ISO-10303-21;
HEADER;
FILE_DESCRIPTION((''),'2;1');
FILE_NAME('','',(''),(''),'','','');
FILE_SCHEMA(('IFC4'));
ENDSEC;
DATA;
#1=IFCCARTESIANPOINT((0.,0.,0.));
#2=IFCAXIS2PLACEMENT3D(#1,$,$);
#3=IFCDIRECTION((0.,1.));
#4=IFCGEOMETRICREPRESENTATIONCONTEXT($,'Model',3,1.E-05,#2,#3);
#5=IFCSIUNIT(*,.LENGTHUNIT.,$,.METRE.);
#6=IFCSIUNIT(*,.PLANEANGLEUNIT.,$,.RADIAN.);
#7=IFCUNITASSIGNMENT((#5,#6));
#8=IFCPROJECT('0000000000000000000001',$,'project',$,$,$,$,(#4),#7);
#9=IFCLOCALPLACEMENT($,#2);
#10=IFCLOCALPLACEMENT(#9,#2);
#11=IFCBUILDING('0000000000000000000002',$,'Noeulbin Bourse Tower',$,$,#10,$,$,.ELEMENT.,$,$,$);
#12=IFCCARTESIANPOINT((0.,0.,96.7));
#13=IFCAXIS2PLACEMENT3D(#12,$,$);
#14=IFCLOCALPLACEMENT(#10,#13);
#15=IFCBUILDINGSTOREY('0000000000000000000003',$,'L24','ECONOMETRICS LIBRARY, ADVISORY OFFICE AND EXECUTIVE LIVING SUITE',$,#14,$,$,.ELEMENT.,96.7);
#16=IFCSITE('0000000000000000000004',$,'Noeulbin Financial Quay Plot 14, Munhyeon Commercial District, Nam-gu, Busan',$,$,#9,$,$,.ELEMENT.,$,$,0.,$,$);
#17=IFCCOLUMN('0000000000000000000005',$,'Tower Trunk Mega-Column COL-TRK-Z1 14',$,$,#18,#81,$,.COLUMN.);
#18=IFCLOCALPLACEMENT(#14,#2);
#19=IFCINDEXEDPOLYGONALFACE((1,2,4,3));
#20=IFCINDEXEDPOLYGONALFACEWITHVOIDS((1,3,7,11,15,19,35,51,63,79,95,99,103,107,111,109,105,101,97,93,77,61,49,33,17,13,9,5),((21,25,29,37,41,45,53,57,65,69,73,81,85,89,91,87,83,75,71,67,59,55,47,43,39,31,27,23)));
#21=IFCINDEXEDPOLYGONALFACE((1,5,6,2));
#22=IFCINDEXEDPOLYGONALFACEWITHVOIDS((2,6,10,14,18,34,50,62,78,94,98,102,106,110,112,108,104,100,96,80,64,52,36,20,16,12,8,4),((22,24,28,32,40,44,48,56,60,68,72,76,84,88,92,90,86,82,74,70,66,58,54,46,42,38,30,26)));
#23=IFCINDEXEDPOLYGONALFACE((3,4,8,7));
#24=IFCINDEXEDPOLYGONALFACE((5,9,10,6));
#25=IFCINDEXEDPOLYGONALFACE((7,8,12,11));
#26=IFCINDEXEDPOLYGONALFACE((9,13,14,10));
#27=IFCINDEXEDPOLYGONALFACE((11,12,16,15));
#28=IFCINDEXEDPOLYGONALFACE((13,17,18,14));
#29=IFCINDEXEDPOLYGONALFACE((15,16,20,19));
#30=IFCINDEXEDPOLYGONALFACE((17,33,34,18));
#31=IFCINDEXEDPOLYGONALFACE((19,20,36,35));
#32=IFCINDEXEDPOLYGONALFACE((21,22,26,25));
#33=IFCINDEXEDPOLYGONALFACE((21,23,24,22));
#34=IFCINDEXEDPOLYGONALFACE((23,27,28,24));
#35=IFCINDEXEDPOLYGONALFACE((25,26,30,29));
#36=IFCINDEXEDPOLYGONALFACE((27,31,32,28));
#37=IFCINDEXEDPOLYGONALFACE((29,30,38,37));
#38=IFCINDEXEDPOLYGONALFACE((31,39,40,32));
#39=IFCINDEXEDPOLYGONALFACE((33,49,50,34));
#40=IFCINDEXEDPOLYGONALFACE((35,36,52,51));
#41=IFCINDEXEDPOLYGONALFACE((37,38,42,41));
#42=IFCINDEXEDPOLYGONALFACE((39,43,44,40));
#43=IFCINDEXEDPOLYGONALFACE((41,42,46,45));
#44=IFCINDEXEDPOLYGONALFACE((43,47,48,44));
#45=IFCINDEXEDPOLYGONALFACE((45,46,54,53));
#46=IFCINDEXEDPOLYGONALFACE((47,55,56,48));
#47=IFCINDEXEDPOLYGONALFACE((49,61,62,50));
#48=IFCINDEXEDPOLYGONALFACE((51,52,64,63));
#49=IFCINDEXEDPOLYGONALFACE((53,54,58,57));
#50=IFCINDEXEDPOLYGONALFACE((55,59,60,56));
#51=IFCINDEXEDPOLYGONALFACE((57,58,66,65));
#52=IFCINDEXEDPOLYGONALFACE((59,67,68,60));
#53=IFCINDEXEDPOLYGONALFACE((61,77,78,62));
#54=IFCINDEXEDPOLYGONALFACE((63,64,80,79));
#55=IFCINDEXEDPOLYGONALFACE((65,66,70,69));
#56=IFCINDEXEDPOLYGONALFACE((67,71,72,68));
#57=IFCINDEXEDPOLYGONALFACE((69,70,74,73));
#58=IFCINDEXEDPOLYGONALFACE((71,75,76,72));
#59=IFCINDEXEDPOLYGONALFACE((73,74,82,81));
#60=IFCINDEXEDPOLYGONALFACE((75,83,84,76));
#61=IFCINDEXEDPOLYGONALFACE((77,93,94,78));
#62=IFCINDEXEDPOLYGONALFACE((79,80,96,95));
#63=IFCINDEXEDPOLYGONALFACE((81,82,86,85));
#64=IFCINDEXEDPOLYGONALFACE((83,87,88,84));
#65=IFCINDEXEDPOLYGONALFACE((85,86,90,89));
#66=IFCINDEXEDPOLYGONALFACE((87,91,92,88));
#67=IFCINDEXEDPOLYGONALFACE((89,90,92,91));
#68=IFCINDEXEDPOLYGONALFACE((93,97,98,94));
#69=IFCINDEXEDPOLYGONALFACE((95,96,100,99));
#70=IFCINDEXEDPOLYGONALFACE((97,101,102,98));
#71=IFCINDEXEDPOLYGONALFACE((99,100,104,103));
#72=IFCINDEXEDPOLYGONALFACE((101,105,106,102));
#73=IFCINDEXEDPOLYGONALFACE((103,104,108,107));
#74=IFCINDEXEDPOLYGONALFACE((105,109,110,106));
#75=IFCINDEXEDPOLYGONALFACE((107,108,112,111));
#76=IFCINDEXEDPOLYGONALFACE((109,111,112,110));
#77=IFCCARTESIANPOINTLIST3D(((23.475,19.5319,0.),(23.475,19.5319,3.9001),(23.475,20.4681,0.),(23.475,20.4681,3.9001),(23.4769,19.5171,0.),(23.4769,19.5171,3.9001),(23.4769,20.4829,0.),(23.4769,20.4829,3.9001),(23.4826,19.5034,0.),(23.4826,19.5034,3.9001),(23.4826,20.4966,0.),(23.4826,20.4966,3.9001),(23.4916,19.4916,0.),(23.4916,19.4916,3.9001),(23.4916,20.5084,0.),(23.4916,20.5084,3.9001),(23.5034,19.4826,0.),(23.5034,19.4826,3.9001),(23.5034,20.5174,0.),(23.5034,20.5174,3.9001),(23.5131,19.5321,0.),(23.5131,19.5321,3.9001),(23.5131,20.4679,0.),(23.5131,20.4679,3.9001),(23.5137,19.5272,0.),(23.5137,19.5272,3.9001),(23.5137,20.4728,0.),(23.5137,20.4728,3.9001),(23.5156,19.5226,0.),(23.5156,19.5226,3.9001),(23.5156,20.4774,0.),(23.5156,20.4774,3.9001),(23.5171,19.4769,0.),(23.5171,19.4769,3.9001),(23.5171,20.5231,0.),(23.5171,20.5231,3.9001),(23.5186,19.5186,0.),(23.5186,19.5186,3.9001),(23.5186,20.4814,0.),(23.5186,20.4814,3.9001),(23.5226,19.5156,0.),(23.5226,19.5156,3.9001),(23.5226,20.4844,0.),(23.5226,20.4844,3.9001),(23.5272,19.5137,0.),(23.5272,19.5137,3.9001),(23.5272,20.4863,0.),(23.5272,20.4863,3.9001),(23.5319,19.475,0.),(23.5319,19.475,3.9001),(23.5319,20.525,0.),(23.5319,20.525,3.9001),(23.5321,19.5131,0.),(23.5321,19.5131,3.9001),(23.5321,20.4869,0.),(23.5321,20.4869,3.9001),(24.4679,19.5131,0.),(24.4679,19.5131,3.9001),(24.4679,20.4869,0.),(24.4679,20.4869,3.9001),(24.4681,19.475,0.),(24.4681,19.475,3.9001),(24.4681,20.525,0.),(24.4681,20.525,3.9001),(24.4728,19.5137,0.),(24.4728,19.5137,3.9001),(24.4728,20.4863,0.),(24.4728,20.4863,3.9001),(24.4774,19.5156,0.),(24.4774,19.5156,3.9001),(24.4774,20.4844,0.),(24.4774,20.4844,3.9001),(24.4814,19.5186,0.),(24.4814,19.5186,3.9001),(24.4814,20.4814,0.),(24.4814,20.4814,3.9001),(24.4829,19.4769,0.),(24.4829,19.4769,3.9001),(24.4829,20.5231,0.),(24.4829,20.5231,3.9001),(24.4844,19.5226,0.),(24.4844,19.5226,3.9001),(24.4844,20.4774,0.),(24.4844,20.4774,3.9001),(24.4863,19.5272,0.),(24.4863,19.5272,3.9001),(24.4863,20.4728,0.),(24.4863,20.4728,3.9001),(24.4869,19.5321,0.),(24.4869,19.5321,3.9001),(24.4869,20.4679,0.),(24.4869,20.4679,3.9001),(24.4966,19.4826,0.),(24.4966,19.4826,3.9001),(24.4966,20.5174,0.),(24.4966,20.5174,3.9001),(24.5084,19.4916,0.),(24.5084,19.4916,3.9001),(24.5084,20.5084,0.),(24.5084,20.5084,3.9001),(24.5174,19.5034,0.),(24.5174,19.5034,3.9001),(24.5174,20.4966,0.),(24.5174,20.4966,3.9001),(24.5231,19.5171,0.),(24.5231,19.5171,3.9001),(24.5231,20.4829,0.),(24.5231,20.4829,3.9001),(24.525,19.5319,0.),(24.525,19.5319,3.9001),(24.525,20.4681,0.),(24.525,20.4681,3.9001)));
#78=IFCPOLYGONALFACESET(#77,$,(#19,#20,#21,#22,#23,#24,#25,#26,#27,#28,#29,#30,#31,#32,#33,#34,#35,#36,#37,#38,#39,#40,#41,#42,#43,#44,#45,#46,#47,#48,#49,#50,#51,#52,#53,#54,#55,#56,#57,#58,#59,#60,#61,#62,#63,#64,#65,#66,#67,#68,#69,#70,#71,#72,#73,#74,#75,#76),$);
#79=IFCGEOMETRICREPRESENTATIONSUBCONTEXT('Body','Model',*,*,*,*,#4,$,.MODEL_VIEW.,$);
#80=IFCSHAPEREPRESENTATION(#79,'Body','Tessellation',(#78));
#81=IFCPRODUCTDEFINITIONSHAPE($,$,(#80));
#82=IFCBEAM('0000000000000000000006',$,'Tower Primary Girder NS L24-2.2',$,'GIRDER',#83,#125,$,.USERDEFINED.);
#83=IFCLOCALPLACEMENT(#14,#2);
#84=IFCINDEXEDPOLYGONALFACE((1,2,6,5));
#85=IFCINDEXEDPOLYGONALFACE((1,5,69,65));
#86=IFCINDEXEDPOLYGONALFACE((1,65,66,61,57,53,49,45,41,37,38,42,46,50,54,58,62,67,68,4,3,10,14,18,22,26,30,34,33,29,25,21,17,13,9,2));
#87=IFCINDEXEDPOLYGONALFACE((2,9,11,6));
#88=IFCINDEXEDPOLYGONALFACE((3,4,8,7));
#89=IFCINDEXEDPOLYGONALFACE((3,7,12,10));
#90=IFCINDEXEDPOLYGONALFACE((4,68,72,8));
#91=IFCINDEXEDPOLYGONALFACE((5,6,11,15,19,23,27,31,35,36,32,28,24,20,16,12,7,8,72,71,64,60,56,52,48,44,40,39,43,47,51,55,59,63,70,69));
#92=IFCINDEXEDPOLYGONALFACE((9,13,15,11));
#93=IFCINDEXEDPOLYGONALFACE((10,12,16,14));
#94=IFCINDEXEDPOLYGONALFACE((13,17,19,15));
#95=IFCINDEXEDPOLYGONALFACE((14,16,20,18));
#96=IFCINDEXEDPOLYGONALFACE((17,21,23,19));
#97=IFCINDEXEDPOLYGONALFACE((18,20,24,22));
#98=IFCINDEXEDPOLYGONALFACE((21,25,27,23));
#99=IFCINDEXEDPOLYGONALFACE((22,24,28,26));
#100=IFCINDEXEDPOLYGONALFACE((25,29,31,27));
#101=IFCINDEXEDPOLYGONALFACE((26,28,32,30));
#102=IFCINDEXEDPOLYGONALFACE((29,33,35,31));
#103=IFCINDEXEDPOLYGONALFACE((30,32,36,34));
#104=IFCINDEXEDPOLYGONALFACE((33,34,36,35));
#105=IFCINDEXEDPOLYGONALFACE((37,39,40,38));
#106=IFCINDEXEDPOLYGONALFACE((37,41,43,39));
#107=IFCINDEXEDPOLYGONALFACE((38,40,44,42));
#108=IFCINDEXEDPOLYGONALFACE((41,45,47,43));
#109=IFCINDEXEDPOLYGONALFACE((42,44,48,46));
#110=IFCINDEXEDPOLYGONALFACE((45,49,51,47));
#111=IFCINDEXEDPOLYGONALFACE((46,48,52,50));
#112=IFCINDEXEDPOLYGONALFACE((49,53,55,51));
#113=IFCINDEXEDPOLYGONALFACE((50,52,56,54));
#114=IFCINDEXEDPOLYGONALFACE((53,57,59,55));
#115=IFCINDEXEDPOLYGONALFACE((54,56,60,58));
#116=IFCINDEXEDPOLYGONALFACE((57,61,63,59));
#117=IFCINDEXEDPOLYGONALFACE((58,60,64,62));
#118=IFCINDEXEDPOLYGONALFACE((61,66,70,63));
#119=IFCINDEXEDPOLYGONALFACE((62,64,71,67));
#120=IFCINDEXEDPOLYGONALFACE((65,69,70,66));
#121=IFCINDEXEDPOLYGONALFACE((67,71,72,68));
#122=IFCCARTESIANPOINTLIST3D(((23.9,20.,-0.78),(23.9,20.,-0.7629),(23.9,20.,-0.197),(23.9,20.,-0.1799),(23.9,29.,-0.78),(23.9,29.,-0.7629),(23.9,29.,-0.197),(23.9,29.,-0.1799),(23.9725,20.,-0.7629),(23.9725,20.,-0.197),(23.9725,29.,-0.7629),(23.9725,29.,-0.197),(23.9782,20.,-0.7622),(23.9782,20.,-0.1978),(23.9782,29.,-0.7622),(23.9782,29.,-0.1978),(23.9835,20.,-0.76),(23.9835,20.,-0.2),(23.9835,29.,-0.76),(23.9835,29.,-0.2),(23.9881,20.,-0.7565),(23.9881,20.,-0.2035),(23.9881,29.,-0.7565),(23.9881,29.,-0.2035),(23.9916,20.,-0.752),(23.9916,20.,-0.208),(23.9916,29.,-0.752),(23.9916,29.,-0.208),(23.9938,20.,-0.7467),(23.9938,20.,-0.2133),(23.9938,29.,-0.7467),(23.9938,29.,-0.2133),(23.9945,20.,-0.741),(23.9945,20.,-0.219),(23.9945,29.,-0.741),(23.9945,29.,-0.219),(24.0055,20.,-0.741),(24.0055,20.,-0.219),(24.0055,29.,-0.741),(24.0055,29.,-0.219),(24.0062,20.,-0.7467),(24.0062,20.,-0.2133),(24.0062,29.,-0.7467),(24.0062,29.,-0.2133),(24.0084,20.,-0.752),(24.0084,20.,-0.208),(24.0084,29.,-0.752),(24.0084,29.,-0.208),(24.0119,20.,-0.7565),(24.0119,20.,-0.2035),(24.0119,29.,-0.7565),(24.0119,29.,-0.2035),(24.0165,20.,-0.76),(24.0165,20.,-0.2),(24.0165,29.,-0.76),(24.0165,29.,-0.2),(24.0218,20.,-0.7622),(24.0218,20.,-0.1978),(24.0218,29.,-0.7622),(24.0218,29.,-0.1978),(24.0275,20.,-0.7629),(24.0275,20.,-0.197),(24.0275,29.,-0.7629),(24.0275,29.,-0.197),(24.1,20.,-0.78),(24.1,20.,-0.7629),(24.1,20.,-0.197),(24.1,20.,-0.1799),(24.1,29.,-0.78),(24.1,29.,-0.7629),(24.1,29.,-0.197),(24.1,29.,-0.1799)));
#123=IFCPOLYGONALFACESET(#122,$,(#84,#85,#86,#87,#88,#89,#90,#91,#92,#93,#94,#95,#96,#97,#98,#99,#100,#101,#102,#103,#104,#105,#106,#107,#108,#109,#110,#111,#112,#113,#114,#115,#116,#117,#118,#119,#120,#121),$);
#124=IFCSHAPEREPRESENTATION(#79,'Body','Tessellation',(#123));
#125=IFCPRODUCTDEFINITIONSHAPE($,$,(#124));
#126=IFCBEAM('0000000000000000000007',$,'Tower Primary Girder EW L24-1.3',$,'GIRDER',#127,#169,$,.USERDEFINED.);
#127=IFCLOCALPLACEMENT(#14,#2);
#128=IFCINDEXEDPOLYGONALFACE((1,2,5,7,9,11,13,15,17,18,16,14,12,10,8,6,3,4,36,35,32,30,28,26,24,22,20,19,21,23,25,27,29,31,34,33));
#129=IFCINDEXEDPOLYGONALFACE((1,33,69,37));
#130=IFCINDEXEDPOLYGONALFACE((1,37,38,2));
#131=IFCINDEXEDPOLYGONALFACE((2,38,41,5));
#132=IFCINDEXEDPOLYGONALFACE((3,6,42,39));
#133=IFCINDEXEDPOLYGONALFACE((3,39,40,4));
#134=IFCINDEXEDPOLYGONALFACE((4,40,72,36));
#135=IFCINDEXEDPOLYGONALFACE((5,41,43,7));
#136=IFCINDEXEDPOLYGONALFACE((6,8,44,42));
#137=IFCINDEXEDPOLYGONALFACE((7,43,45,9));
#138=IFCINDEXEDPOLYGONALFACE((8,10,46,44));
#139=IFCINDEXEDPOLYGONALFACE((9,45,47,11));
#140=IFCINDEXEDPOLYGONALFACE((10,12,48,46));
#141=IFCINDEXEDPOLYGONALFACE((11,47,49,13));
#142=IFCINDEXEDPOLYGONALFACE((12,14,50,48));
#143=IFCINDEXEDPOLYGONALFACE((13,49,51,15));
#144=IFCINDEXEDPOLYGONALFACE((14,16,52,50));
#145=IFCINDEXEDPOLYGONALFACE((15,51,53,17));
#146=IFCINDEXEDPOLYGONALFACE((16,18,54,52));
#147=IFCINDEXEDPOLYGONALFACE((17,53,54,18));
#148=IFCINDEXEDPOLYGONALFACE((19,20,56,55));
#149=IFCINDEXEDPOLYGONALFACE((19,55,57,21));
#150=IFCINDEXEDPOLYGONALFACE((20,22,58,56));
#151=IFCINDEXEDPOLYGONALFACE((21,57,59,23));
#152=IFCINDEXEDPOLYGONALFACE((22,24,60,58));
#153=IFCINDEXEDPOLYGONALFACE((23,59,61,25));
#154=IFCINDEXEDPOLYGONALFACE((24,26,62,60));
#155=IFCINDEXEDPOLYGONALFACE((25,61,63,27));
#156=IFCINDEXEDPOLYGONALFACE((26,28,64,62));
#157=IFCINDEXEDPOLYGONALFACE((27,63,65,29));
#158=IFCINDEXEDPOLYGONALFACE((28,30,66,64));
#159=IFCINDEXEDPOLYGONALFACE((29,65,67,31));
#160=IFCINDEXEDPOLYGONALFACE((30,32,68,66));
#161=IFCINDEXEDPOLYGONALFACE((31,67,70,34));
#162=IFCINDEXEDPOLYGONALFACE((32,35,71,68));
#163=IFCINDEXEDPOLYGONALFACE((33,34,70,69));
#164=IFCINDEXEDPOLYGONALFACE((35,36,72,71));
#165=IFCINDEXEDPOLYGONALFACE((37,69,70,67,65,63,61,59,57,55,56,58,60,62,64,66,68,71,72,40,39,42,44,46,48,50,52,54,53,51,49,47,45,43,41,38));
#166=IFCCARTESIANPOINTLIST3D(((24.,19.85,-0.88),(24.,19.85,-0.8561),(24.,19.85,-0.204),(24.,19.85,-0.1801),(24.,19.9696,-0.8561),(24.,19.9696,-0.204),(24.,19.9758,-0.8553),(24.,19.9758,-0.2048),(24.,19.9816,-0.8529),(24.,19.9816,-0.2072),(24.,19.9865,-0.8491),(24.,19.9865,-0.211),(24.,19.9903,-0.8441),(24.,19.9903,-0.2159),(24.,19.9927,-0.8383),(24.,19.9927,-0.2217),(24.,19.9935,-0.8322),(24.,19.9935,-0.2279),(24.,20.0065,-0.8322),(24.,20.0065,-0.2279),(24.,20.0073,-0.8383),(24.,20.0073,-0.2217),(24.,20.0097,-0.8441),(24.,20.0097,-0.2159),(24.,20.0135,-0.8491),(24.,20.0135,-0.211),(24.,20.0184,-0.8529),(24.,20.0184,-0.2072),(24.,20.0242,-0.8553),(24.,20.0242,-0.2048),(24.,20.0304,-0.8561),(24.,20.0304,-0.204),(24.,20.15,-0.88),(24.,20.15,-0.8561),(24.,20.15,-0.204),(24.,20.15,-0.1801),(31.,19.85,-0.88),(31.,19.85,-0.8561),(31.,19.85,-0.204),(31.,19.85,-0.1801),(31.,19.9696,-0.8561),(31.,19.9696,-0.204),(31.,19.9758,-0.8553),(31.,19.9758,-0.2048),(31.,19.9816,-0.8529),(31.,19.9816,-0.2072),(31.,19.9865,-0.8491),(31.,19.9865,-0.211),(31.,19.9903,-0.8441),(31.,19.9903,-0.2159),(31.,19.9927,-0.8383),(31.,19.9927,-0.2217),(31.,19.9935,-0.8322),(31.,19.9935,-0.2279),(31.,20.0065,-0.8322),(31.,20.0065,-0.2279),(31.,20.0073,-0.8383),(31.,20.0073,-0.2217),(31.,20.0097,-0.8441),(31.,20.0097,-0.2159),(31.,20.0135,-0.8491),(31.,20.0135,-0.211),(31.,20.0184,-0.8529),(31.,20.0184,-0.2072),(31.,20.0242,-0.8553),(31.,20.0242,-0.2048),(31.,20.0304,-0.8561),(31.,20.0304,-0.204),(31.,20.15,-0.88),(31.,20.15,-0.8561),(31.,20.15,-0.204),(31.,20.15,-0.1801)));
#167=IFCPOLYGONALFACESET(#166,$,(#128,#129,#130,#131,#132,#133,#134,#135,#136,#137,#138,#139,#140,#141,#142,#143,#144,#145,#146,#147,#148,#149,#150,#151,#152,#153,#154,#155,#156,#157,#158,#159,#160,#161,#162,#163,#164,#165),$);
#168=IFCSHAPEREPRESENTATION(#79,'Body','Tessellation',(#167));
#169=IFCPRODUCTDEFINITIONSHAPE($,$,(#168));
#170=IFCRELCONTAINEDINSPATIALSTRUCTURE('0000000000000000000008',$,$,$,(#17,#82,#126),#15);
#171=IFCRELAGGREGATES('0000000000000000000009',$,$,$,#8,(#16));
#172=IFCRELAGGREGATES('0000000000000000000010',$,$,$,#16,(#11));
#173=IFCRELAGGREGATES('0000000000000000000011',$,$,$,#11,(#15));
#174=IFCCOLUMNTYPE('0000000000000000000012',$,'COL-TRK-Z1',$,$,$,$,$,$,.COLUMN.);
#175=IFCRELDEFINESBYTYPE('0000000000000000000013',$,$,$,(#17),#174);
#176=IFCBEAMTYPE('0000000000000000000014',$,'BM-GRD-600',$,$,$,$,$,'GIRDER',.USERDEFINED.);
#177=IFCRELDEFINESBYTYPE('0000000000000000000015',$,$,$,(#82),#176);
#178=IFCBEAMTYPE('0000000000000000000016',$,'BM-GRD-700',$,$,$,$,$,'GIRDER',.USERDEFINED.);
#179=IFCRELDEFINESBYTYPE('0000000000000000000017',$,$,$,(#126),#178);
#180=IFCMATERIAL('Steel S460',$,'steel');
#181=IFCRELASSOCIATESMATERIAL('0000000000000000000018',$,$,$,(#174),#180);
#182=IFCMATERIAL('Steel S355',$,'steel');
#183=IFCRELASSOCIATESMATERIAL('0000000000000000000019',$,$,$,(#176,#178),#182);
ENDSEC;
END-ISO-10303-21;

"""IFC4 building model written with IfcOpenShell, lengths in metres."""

from ifc_helpers import new_model, si_unit, direction, frame, origin, origin_2d, place, context, subcontext, project, spatial, hollow_rectangle, i_section, extrude, material, material_profile, profile_set, type_object, element, save


model = new_model("IFC4")

# Units and contexts
model_context = context("Model", 3, precision=1e-05, world=origin(), true_north=direction((0.0, 1.0)))
body_context = subcontext(model_context, "Body", "Model", "MODEL_VIEW")
ifc_project = project(units=[si_unit("LENGTHUNIT", "METRE"), si_unit("PLANEANGLEUNIT", "RADIAN")], contexts=[model_context])

# Site, building, storey
site_placement = place(None, origin())
site = spatial("IfcSite", under=ifc_project, at=site_placement, Name="Noeulbin Financial Quay Plot 14, Munhyeon Commercial District, Nam-gu, Busan", CompositionType="ELEMENT", RefElevation=0.0)
building_placement = place(site_placement, origin())
building = spatial("IfcBuilding", under=site, at=building_placement, Name="Noeulbin Bourse Tower", CompositionType="ELEMENT")
storey_placement = place(building_placement, frame((0.0, 0.0, 96.7)))
storey = spatial("IfcBuildingStorey", under=building, at=storey_placement, Name="L24", Description="ECONOMETRICS LIBRARY, ADVISORY OFFICE AND EXECUTIVE LIVING SUITE", CompositionType="ELEMENT", Elevation=96.7)

# Column
ifc_material_1 = material(Name="Steel S460", Category="steel")
ifc_material_profile_1 = material_profile(ifc_material_1, hollow_rectangle(XDim=1.05, YDim=1.05, WallThickness=0.0381, InnerFilletRadius=0.019, OuterFilletRadius=0.0569, at=origin_2d()), Name="BOX-1050x1050x38", Category="LoadBearing")
ifc_profile_set_1 = profile_set([ifc_material_profile_1], Name="Steel S460")
column_type = type_object("IfcColumnType", Name="COL-TRK-Z1", PredefinedType="COLUMN", material=ifc_profile_set_1)
column_placement = place(storey_placement, frame((24.0, 20.0, 0.0), z_axis=(0.0, 0.0, 1.0), x_axis=(1.0, 0.0, 0.0)))
element("IfcColumn", 1, at=column_placement, inside=storey, type_object=column_type, Name="Tower Trunk Mega-Column COL-TRK-Z1 14", PredefinedType="COLUMN", context=body_context, shape_type="SweptSolid", body=[
    extrude(hollow_rectangle(XDim=1.05, YDim=1.05, WallThickness=0.0381, InnerFilletRadius=0.019, OuterFilletRadius=0.0569, at=origin_2d()), origin(), (0.0, 0.0, 1.0), 3.9001),
])

# Beams
ifc_material_2 = material(Name="Steel S355", Category="steel")
ifc_material_profile_2 = material_profile(ifc_material_2, i_section(OverallWidth=0.2, OverallDepth=0.6001, WebThickness=0.011, FlangeThickness=0.0171, FilletRadius=0.022, at=origin_2d()), Name="H-600x200x11x17", Category="LoadBearing")
ifc_profile_set_2 = profile_set([ifc_material_profile_2], Name="Steel S355")
beam_type_1 = type_object("IfcBeamType", Name="BM-GRD-600", ElementType="GIRDER", PredefinedType="USERDEFINED", material=ifc_profile_set_2)
beam_1_placement = place(storey_placement, frame((24.0, 20.0, -0.48), z_axis=(0.0, 1.0, 0.0), x_axis=(-1.0, 0.0, 0.0)))
element("IfcBeam", 2, at=beam_1_placement, inside=storey, type_object=beam_type_1, Name="Tower Primary Girder NS L24-2.2", ObjectType="GIRDER", PredefinedType="USERDEFINED", context=body_context, shape_type="SweptSolid", body=[
    extrude(i_section(OverallWidth=0.2, OverallDepth=0.6001, WebThickness=0.011, FlangeThickness=0.0171, FilletRadius=0.022, at=origin_2d()), origin(), (0.0, 0.0, 1.0), 9.0),
])
ifc_material_profile_3 = material_profile(ifc_material_2, i_section(OverallWidth=0.3, OverallDepth=0.7, WebThickness=0.0129, FlangeThickness=0.0239, FilletRadius=0.0239, at=origin_2d()), Name="H-700x300x13x24", Category="LoadBearing")
ifc_profile_set_3 = profile_set([ifc_material_profile_3], Name="Steel S355")
beam_type_2 = type_object("IfcBeamType", Name="BM-GRD-700", ElementType="GIRDER", PredefinedType="USERDEFINED", material=ifc_profile_set_3)
beam_2_placement = place(storey_placement, frame((24.0, 20.0, -0.53), z_axis=(1.0, 0.0, 0.0), x_axis=(0.0, 1.0, 0.0)))
element("IfcBeam", 3, at=beam_2_placement, inside=storey, type_object=beam_type_2, Name="Tower Primary Girder EW L24-1.3", ObjectType="GIRDER", PredefinedType="USERDEFINED", context=body_context, shape_type="SweptSolid", body=[
    extrude(i_section(OverallWidth=0.3, OverallDepth=0.7, WebThickness=0.0129, FlangeThickness=0.0239, FilletRadius=0.0239, at=origin_2d()), origin(), (0.0, 0.0, 1.0), 7.0),
])

save(model, "model.ifc")
